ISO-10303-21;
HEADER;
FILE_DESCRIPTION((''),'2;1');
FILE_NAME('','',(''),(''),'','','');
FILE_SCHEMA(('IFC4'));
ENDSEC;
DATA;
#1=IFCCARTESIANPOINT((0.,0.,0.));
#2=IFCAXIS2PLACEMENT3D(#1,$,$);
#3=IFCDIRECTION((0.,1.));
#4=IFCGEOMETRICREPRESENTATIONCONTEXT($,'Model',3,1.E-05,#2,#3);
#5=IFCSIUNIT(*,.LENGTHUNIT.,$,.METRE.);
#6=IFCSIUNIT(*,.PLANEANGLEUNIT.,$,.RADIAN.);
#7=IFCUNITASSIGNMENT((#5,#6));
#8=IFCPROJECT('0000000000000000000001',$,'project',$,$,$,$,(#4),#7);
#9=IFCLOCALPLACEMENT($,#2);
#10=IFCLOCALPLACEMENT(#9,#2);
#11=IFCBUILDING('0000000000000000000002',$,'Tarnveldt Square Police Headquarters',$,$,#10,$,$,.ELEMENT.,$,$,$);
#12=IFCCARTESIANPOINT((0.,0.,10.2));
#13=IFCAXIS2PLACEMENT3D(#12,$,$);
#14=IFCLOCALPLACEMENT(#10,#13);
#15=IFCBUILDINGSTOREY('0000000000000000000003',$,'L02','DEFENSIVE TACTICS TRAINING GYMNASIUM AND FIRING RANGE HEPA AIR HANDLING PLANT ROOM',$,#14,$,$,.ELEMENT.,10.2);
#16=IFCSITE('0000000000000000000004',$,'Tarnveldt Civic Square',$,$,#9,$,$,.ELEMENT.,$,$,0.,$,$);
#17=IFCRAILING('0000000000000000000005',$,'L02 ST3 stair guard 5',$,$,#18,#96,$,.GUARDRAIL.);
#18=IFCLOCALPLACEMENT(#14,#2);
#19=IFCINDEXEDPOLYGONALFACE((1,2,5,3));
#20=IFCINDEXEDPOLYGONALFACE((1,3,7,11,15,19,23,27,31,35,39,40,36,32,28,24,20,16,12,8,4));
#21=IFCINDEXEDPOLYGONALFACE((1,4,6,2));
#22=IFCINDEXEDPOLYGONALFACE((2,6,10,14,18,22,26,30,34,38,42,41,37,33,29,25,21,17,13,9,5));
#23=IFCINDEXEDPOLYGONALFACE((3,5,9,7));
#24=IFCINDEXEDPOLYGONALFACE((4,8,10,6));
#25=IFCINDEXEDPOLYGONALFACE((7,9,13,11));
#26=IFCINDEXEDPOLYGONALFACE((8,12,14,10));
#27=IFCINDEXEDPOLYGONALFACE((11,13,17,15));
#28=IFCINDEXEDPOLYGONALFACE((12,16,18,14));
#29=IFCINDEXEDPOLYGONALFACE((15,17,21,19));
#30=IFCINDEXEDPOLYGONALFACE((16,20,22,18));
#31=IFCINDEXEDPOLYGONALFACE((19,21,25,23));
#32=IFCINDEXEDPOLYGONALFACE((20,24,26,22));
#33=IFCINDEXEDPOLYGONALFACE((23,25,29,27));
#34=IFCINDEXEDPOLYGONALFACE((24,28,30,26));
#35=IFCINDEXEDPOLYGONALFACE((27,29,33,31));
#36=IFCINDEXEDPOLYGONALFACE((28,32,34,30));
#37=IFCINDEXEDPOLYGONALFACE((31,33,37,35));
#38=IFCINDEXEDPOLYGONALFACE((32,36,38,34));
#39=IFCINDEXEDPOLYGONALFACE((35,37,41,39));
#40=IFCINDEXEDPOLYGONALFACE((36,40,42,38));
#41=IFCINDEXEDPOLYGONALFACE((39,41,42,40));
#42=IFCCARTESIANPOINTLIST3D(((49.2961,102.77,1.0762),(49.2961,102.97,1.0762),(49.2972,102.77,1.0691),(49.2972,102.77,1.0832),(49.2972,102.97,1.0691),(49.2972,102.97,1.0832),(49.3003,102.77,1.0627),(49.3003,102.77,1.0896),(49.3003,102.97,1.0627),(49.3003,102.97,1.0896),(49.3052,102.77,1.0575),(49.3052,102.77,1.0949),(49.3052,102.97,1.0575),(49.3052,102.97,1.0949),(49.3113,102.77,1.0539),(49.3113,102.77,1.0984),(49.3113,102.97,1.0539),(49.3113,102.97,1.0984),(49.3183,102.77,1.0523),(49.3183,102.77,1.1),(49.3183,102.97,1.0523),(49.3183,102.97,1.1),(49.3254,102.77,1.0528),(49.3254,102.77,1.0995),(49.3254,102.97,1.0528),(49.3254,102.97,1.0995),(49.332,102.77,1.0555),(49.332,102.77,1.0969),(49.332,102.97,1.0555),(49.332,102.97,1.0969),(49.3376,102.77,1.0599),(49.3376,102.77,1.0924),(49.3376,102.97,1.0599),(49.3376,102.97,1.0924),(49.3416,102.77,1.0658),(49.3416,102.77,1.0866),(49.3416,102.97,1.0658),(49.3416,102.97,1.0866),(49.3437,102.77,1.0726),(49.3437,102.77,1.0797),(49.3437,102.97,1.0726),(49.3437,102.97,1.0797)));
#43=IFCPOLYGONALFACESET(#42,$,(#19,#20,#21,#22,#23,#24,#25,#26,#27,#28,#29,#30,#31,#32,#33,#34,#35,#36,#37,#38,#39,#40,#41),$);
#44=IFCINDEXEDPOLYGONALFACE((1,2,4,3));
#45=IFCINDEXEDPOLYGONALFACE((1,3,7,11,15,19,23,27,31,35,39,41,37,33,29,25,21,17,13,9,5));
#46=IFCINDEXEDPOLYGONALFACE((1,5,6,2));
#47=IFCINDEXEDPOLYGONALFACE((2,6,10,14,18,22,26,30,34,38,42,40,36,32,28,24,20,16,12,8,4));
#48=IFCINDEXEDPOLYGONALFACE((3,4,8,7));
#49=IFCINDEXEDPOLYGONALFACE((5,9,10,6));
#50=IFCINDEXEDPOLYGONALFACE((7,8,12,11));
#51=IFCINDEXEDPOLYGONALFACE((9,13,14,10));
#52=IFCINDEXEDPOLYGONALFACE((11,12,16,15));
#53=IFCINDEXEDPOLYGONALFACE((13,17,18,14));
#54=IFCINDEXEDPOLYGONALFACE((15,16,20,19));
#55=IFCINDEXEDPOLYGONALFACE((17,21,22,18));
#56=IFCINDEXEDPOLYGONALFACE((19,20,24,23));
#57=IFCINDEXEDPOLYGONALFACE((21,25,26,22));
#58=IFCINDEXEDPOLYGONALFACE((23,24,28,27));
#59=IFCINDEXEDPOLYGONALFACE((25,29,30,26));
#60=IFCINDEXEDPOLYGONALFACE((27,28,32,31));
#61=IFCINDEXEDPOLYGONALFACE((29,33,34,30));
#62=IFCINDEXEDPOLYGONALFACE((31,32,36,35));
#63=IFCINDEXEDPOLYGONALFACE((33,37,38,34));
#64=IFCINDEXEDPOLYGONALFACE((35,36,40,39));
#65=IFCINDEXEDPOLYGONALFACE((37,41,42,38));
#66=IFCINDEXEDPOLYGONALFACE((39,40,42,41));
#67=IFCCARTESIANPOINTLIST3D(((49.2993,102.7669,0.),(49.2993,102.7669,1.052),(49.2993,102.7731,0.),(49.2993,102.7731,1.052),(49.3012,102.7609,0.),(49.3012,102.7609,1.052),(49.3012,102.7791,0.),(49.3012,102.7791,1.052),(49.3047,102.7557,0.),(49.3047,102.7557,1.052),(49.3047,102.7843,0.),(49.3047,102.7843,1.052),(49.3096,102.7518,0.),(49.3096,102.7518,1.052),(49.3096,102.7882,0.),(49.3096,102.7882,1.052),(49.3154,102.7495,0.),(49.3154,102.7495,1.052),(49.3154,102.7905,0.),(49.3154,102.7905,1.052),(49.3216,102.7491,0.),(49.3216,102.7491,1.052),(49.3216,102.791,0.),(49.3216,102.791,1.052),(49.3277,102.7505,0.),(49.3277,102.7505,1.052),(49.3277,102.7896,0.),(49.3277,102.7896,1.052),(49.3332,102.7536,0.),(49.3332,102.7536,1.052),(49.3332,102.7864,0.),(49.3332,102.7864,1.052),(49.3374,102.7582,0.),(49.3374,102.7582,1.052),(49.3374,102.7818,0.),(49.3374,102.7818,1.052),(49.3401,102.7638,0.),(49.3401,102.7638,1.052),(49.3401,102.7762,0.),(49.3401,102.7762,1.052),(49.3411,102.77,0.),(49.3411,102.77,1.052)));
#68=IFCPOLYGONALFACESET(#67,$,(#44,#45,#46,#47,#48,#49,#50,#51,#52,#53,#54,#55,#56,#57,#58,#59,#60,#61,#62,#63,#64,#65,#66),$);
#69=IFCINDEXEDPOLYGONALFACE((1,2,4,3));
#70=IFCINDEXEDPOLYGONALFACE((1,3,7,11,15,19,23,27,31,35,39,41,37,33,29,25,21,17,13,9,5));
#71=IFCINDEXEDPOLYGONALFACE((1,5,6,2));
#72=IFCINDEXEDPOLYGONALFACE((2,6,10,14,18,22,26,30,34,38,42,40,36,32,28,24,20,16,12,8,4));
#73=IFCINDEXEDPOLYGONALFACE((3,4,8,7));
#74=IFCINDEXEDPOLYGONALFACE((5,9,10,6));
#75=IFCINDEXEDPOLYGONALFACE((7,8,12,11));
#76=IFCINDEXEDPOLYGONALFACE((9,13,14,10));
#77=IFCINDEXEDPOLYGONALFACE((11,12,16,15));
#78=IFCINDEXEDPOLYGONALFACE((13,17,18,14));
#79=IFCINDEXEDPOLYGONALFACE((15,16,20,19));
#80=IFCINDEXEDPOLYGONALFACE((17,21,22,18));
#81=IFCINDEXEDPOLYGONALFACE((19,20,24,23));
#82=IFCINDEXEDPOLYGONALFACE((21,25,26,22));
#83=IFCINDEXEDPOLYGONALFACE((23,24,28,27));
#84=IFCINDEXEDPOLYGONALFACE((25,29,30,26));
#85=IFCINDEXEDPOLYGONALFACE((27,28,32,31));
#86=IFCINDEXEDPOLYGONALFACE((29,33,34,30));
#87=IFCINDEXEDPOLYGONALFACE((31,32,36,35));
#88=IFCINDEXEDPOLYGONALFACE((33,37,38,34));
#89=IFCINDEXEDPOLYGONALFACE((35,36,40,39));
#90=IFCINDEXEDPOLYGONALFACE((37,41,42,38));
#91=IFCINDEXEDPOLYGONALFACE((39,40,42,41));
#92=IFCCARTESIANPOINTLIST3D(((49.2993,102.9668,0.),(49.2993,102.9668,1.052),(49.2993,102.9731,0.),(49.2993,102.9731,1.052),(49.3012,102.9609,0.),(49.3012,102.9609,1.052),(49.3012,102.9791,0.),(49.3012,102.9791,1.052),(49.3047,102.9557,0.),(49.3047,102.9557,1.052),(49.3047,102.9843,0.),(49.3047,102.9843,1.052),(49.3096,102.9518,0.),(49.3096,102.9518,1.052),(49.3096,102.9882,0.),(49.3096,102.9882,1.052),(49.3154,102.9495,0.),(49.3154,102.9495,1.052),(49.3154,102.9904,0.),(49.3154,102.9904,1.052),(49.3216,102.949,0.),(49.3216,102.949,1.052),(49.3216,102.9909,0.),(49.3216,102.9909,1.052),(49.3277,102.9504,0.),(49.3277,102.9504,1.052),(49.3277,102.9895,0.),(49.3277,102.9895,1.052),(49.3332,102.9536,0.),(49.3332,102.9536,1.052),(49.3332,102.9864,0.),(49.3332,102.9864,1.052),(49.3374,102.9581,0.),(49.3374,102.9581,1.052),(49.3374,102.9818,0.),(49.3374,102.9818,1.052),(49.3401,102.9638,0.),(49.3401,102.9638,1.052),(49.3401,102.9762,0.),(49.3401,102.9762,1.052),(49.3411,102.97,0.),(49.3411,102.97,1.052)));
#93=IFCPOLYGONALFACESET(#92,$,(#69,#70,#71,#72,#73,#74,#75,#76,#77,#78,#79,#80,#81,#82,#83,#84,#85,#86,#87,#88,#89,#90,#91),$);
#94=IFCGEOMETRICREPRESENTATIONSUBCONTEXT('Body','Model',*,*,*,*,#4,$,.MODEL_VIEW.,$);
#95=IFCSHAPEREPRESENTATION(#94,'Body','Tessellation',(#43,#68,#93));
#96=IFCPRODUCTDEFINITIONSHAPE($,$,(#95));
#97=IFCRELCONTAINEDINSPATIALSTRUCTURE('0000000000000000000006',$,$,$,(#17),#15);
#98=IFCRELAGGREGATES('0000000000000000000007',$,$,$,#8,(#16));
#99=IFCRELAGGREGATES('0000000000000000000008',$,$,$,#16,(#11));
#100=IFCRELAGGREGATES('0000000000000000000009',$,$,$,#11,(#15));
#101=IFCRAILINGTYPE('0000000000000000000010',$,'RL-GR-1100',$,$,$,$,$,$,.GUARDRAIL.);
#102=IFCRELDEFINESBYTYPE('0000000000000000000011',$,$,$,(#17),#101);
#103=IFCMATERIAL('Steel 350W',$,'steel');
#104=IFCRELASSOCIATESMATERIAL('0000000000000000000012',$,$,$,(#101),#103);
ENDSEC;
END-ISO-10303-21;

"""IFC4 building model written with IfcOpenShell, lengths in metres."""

from ifc_helpers import new_model, si_unit, direction, frame, origin, origin_2d, place, context, subcontext, project, spatial, circle, extrude, material, type_object, element, save


model = new_model("IFC4")

# Units and contexts
model_context = context("Model", 3, precision=1e-05, world=origin(), true_north=direction((0.0, 1.0)))
body_context = subcontext(model_context, "Body", "Model", "MODEL_VIEW")
ifc_project = project(units=[si_unit("LENGTHUNIT", "METRE"), si_unit("PLANEANGLEUNIT", "RADIAN")], contexts=[model_context])

# Site, building, storey
site_placement = place(None, origin())
site = spatial("IfcSite", under=ifc_project, at=site_placement, Name="Tarnveldt Civic Square", CompositionType="ELEMENT", RefElevation=0.0)
building_placement = place(site_placement, origin())
building = spatial("IfcBuilding", under=site, at=building_placement, Name="Tarnveldt Square Police Headquarters", CompositionType="ELEMENT")
storey_placement = place(building_placement, frame((0.0, 0.0, 10.2)))
storey = spatial("IfcBuildingStorey", under=building, at=storey_placement, Name="L02", Description="DEFENSIVE TACTICS TRAINING GYMNASIUM AND FIRING RANGE HEPA AIR HANDLING PLANT ROOM", CompositionType="ELEMENT", Elevation=10.2)

# Shared definitions
ifc_material_1 = material(Name="Steel 350W", Category="steel")

# Railing
railing_type_1 = type_object("IfcRailingType", Name="RL-GR-1100", PredefinedType="GUARDRAIL", material=ifc_material_1)
railing_1_placement = place(storey_placement, frame((49.3201, 102.77, 0.0)))
element("IfcRailing", 1, at=railing_1_placement, inside=storey, type_object=railing_type_1, Name="L02 ST3 stair guard 5", PredefinedType="GUARDRAIL", context=body_context, shape_type="SweptSolid", body=[
    extrude(circle(Radius=0.0239, at=origin_2d()), frame((0.0, 0.0, 1.0762), z_axis=(0.0, 1.0, 0.0), x_axis=(-1.0, 0.0, 0.0)), (0.0, 0.0, 1.0), 0.2),
    extrude(circle(Radius=0.021, at=origin_2d()), origin(), (0.0, 0.0, 1.0), 1.052),
    extrude(circle(Radius=0.021, at=origin_2d()), frame((0.0, 0.2, 0.0)), (0.0, 0.0, 1.0), 1.052),
])

save(model, "model.ifc")
